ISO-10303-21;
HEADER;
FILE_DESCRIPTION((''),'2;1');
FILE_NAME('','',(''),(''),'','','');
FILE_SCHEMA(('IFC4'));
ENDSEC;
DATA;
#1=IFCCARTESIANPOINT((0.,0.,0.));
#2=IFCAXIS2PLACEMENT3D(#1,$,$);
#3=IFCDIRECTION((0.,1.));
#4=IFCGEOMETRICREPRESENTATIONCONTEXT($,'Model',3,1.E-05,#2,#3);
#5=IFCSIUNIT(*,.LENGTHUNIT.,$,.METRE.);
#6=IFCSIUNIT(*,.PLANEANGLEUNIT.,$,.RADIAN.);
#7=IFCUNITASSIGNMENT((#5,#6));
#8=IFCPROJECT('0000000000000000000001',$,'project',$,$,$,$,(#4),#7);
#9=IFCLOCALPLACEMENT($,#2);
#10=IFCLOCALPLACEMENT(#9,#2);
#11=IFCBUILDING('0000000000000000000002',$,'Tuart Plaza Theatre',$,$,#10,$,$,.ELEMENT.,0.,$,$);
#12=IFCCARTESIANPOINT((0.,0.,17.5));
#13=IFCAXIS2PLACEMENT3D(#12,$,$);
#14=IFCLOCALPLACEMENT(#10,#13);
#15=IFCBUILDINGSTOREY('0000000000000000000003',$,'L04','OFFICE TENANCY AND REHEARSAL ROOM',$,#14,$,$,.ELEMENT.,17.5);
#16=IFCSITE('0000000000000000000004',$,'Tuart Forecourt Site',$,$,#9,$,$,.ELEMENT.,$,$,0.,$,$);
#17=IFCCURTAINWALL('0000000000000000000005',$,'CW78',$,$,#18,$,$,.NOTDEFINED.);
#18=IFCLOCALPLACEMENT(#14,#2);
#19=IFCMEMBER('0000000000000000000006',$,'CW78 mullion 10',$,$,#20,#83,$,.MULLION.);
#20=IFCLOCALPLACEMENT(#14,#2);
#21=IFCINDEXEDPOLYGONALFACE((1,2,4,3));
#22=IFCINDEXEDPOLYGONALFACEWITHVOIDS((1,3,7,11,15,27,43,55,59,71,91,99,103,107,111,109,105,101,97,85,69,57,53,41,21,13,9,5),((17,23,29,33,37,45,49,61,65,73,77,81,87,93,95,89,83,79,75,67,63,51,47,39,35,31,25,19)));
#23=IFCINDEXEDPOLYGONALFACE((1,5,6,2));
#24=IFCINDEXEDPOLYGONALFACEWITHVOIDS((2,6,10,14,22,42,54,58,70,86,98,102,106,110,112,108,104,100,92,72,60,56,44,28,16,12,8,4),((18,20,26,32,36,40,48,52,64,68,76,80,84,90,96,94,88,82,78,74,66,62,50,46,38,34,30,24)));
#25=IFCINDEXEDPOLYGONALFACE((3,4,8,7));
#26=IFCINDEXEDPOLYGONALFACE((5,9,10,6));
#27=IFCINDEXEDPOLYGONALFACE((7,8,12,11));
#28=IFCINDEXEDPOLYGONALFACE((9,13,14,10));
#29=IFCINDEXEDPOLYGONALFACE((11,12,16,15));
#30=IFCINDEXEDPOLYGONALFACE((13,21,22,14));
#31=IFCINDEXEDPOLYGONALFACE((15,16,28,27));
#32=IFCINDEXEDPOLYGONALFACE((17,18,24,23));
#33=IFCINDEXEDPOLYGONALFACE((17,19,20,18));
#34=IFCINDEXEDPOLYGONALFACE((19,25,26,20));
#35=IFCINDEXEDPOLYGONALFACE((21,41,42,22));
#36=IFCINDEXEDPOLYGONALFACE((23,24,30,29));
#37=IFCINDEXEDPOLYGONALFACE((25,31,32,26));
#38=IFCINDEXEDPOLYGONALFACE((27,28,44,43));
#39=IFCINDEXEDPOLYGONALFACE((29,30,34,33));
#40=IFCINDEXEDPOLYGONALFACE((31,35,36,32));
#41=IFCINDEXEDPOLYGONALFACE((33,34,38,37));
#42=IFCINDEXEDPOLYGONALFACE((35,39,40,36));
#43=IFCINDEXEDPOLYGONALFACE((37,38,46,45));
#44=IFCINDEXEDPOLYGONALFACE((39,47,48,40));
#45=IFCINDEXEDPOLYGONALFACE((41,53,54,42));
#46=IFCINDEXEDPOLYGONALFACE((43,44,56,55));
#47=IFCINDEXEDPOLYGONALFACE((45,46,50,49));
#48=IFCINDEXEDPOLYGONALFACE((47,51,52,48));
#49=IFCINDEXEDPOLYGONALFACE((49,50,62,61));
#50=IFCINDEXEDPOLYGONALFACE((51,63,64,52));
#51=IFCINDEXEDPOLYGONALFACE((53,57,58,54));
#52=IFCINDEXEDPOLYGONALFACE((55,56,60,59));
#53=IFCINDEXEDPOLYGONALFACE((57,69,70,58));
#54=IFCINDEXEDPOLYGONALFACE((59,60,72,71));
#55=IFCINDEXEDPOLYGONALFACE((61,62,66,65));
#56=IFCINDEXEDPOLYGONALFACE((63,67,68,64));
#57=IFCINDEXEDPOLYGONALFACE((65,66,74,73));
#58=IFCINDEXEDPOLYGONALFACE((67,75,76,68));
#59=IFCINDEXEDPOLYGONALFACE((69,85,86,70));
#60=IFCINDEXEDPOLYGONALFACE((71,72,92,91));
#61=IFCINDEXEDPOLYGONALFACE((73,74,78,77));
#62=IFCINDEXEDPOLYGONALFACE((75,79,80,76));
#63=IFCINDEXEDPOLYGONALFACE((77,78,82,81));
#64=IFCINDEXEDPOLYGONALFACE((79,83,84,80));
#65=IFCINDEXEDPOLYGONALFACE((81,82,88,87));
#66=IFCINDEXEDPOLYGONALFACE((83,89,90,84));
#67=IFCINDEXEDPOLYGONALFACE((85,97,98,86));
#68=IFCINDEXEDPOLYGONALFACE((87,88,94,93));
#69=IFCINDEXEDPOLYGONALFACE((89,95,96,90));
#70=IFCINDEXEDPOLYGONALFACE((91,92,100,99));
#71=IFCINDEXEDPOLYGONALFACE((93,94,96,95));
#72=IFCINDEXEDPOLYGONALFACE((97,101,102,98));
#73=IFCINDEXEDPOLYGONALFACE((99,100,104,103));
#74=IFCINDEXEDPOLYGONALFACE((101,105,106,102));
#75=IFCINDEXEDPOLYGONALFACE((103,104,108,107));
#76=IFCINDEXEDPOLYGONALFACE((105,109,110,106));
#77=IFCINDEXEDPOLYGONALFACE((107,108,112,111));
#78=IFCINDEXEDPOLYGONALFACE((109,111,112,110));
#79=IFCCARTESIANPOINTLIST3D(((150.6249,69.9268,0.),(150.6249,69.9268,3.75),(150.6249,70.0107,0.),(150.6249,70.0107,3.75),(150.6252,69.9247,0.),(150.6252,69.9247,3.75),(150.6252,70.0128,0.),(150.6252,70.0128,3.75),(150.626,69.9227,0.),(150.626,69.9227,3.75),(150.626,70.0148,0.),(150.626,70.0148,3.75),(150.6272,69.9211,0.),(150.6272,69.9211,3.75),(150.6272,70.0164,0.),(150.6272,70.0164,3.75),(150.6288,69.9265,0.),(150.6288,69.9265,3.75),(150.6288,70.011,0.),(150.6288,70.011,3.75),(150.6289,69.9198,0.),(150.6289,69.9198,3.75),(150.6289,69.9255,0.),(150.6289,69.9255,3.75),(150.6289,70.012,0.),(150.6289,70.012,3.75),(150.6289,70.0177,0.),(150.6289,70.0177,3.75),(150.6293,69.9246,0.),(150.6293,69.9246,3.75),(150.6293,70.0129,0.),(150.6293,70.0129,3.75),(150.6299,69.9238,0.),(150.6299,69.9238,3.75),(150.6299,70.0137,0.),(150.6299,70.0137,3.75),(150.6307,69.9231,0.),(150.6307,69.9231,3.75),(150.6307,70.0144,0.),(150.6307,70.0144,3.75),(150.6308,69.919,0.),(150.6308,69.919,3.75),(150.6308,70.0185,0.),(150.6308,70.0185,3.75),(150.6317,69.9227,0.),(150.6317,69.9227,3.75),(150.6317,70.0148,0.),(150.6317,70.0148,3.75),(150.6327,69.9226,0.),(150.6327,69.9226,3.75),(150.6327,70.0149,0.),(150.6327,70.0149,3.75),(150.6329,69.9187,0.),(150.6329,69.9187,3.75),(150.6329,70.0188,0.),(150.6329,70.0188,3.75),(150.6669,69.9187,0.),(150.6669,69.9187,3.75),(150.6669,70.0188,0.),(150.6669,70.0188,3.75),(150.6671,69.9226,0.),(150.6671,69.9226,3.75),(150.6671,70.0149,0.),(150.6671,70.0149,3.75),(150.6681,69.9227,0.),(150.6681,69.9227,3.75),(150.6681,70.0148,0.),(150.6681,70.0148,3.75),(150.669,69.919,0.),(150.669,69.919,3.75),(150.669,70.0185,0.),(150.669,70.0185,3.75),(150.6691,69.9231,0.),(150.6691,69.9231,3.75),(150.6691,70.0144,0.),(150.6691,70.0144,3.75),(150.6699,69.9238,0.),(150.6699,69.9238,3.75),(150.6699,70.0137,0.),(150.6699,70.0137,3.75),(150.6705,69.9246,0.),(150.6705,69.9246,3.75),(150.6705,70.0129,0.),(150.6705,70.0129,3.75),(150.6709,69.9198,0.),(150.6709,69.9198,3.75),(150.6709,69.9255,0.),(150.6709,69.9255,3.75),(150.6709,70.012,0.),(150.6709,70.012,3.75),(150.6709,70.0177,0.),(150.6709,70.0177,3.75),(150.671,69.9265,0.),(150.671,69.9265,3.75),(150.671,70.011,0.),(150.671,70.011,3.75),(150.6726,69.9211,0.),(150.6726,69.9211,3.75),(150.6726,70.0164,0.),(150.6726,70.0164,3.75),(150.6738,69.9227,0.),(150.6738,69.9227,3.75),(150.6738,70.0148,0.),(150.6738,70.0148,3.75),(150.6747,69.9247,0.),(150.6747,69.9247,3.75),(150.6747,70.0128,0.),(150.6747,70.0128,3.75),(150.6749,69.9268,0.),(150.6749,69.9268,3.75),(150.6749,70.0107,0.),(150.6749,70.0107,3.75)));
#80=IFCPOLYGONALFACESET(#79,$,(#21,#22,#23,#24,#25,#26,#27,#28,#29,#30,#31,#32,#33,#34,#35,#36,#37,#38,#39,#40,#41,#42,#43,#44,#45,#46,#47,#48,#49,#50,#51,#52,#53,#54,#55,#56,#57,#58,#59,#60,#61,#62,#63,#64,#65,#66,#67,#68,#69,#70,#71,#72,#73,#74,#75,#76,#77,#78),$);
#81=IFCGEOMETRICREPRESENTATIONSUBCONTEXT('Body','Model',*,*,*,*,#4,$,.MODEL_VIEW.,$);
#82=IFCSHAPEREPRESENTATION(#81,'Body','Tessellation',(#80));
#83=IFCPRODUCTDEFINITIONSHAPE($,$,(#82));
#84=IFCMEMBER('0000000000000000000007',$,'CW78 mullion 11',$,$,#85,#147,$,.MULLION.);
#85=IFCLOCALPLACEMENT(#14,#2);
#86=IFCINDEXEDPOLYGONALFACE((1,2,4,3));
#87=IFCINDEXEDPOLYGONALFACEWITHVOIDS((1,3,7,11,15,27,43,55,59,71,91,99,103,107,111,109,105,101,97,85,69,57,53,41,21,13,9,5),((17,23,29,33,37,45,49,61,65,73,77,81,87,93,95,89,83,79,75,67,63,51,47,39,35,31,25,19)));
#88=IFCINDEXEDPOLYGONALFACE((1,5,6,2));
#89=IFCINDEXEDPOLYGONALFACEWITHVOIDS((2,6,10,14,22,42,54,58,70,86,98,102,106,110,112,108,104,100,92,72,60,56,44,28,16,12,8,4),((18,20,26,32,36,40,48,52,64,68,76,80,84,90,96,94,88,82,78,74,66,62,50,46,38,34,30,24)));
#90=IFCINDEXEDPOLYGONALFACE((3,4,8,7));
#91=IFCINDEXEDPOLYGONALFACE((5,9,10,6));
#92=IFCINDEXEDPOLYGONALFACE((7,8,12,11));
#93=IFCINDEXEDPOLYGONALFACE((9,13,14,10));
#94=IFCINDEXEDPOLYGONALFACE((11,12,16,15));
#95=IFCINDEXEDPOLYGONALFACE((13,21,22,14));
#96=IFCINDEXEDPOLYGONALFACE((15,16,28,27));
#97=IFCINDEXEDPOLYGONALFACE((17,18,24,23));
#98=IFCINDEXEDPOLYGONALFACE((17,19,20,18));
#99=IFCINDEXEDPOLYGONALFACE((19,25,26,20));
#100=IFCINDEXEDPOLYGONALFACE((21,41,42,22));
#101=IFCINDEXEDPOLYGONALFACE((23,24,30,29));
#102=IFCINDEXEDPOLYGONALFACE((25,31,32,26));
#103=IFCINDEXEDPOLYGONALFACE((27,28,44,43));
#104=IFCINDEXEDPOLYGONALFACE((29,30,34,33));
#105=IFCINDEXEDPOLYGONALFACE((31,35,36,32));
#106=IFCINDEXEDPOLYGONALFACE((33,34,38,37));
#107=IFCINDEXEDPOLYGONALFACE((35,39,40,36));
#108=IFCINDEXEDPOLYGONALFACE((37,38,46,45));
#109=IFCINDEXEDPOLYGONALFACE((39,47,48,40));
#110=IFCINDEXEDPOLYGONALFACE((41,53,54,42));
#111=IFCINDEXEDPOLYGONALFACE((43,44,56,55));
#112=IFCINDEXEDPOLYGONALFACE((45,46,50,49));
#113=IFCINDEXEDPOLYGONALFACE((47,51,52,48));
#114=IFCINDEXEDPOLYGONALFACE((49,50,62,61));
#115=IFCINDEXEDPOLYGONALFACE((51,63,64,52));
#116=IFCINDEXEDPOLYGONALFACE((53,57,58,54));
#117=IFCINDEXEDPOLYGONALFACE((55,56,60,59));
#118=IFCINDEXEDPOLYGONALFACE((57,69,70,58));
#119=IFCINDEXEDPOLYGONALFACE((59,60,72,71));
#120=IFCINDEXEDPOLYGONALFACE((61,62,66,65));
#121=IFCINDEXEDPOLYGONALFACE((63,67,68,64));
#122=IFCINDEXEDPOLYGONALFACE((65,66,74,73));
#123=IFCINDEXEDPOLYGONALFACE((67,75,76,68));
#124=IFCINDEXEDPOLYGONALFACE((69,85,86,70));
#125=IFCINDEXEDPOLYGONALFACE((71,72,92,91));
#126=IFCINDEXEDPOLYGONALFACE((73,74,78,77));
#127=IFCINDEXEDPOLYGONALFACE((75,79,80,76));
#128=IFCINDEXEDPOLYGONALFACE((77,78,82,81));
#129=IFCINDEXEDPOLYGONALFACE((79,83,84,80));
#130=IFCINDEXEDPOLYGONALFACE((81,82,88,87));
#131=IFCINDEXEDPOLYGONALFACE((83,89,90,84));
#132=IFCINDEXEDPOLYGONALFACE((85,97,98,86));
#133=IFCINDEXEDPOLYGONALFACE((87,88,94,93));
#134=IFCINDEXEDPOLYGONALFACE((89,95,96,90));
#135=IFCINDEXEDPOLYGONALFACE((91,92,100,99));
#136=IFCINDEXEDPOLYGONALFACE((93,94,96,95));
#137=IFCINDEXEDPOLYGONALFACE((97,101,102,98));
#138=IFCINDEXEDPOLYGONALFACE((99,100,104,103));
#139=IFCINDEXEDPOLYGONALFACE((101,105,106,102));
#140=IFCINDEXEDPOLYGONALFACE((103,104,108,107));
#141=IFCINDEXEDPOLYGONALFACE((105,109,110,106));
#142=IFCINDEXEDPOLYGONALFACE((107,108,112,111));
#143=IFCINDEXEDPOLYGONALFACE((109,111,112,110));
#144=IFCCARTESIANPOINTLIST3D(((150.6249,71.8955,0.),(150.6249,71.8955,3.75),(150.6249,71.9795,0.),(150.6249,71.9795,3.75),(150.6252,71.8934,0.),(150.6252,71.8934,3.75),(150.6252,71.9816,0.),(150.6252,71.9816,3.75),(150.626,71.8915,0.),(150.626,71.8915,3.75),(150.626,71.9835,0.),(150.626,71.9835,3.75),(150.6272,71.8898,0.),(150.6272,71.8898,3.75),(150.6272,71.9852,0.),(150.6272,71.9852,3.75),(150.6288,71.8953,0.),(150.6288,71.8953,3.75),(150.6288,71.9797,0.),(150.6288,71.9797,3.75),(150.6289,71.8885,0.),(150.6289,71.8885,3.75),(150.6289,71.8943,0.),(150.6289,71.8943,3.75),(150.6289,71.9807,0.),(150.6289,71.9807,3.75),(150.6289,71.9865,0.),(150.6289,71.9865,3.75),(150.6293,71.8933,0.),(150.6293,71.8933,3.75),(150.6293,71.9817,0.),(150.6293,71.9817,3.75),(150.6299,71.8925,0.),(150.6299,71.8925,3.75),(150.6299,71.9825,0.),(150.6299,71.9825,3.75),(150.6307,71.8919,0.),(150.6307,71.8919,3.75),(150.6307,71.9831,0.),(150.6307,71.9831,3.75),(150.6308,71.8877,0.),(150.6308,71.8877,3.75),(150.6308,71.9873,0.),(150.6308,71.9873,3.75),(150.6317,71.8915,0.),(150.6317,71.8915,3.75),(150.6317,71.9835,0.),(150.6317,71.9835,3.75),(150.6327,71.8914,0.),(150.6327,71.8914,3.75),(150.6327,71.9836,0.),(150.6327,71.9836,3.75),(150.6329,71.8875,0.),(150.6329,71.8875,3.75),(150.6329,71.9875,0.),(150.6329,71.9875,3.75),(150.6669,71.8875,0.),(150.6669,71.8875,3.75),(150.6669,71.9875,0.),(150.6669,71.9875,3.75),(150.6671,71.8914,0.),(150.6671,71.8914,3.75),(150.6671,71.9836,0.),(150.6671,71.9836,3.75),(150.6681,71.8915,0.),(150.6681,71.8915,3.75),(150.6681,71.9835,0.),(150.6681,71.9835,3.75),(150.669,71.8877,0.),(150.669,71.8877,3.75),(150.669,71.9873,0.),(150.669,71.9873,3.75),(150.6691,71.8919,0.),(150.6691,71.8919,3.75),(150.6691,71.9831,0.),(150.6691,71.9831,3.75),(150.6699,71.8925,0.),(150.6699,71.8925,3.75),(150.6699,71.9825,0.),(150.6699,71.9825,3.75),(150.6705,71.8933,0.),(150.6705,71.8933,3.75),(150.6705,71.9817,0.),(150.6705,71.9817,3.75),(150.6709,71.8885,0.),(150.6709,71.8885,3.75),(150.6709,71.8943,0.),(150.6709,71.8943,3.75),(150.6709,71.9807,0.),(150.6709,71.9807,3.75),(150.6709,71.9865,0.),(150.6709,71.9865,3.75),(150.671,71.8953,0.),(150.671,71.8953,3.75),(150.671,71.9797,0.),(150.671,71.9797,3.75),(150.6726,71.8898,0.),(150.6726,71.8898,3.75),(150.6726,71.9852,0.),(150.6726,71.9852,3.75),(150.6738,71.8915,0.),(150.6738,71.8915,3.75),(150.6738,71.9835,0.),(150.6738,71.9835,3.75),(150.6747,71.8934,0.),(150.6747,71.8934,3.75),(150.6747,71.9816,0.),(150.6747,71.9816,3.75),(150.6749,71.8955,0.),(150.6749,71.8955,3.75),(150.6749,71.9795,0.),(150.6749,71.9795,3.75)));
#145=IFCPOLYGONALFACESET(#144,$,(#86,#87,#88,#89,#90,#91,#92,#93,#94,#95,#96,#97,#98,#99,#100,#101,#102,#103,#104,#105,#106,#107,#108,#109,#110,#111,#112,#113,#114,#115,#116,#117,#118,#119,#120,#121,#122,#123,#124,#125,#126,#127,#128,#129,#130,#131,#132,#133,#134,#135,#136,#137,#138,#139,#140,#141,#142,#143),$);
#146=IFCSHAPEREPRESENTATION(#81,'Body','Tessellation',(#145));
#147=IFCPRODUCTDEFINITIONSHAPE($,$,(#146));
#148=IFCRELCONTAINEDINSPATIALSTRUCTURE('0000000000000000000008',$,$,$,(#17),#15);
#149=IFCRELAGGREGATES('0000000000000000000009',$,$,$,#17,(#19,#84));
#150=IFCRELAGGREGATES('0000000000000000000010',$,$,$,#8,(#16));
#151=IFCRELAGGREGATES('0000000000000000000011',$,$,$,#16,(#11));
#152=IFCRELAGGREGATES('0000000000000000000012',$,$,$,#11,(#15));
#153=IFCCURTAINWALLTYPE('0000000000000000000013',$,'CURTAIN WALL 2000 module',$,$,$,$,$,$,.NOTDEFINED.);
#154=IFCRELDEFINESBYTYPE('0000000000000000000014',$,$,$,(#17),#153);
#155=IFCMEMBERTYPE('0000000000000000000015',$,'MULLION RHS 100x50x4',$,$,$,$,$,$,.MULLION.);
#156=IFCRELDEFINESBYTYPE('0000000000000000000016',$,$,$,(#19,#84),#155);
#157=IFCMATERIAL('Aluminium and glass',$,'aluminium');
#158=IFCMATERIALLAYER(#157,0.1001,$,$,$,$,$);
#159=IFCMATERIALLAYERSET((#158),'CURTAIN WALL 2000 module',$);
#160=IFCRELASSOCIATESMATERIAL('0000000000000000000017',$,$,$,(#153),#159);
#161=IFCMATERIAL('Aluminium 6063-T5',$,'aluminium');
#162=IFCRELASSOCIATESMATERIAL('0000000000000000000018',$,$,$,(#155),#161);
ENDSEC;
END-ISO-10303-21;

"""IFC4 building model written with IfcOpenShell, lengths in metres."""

from ifc_helpers import new_model, si_unit, direction, frame, origin, origin_2d, place, context, subcontext, project, spatial, hollow_rectangle, extrude, material, layer, layer_set, material_profile, profile_set, type_object, element, aggregate, save


model = new_model("IFC4")

# Units and contexts
model_context = context("Model", 3, precision=1e-05, world=origin(), true_north=direction((0.0, 1.0)))
body_context = subcontext(model_context, "Body", "Model", "MODEL_VIEW")
ifc_project = project(units=[si_unit("LENGTHUNIT", "METRE"), si_unit("PLANEANGLEUNIT", "RADIAN")], contexts=[model_context])

# Site, building, storey
site_placement = place(None, origin())
site = spatial("IfcSite", under=ifc_project, at=site_placement, Name="Tuart Forecourt Site", CompositionType="ELEMENT", RefElevation=0.0)
building_placement = place(site_placement, origin())
building = spatial("IfcBuilding", under=site, at=building_placement, Name="Tuart Plaza Theatre", CompositionType="ELEMENT", ElevationOfRefHeight=0.0)
storey_placement = place(building_placement, frame((0.0, 0.0, 17.5)))
storey = spatial("IfcBuildingStorey", under=building, at=storey_placement, Name="L04", Description="OFFICE TENANCY AND REHEARSAL ROOM", CompositionType="ELEMENT", Elevation=17.5)

# Curtain wall, members
ifc_material_1 = material(Name="Aluminium and glass", Category="aluminium")
ifc_layer_1 = layer(ifc_material_1, 0.1001)
ifc_layer_set_1 = layer_set([ifc_layer_1], Name="CURTAIN WALL 2000 module")
curtain_wall_type = type_object("IfcCurtainWallType", Name="CURTAIN WALL 2000 module", PredefinedType="NOTDEFINED", material=ifc_layer_set_1)
curtain_wall_placement = place(storey_placement, origin())
curtain_wall = element("IfcCurtainWall", 1, at=curtain_wall_placement, inside=storey, type_object=curtain_wall_type, Name="CW78", PredefinedType="NOTDEFINED")
ifc_material_2 = material(Name="Aluminium 6063-T5", Category="aluminium")
ifc_material_profile_1 = material_profile(ifc_material_2, hollow_rectangle(XDim=0.05, YDim=0.1001, WallThickness=0.0039, InnerFilletRadius=0.0039, OuterFilletRadius=0.0081, at=origin_2d()), Name="RHS 100x50x4")
ifc_profile_set_1 = profile_set([ifc_material_profile_1], Name="Aluminium 6063-T5")
member_type_1 = type_object("IfcMemberType", Name="MULLION RHS 100x50x4", PredefinedType="MULLION", material=ifc_profile_set_1)
member_1_placement = place(storey_placement, frame((150.6499, 69.9688, 0.0), z_axis=(0.0, 0.0, 1.0), x_axis=(-1.0, 0.0, 0.0)))
member_1 = element("IfcMember", 2, at=member_1_placement, type_object=member_type_1, Name="CW78 mullion 10", PredefinedType="MULLION", context=body_context, shape_type="SweptSolid", body=[
    extrude(hollow_rectangle(XDim=0.05, YDim=0.1001, WallThickness=0.0039, InnerFilletRadius=0.0039, OuterFilletRadius=0.0081, at=origin_2d()), origin(), (0.0, 0.0, 1.0), 3.75),
])
member_2_placement = place(storey_placement, frame((150.6499, 71.9375, 0.0), z_axis=(0.0, 0.0, 1.0), x_axis=(-1.0, 0.0, 0.0)))
member_2 = element("IfcMember", 3, at=member_2_placement, type_object=member_type_1, Name="CW78 mullion 11", PredefinedType="MULLION", context=body_context, shape_type="SweptSolid", body=[
    extrude(hollow_rectangle(XDim=0.05, YDim=0.1001, WallThickness=0.0039, InnerFilletRadius=0.0039, OuterFilletRadius=0.0081, at=origin_2d()), origin(), (0.0, 0.0, 1.0), 3.75),
])
aggregate(curtain_wall, [member_1, member_2])

save(model, "model.ifc")
